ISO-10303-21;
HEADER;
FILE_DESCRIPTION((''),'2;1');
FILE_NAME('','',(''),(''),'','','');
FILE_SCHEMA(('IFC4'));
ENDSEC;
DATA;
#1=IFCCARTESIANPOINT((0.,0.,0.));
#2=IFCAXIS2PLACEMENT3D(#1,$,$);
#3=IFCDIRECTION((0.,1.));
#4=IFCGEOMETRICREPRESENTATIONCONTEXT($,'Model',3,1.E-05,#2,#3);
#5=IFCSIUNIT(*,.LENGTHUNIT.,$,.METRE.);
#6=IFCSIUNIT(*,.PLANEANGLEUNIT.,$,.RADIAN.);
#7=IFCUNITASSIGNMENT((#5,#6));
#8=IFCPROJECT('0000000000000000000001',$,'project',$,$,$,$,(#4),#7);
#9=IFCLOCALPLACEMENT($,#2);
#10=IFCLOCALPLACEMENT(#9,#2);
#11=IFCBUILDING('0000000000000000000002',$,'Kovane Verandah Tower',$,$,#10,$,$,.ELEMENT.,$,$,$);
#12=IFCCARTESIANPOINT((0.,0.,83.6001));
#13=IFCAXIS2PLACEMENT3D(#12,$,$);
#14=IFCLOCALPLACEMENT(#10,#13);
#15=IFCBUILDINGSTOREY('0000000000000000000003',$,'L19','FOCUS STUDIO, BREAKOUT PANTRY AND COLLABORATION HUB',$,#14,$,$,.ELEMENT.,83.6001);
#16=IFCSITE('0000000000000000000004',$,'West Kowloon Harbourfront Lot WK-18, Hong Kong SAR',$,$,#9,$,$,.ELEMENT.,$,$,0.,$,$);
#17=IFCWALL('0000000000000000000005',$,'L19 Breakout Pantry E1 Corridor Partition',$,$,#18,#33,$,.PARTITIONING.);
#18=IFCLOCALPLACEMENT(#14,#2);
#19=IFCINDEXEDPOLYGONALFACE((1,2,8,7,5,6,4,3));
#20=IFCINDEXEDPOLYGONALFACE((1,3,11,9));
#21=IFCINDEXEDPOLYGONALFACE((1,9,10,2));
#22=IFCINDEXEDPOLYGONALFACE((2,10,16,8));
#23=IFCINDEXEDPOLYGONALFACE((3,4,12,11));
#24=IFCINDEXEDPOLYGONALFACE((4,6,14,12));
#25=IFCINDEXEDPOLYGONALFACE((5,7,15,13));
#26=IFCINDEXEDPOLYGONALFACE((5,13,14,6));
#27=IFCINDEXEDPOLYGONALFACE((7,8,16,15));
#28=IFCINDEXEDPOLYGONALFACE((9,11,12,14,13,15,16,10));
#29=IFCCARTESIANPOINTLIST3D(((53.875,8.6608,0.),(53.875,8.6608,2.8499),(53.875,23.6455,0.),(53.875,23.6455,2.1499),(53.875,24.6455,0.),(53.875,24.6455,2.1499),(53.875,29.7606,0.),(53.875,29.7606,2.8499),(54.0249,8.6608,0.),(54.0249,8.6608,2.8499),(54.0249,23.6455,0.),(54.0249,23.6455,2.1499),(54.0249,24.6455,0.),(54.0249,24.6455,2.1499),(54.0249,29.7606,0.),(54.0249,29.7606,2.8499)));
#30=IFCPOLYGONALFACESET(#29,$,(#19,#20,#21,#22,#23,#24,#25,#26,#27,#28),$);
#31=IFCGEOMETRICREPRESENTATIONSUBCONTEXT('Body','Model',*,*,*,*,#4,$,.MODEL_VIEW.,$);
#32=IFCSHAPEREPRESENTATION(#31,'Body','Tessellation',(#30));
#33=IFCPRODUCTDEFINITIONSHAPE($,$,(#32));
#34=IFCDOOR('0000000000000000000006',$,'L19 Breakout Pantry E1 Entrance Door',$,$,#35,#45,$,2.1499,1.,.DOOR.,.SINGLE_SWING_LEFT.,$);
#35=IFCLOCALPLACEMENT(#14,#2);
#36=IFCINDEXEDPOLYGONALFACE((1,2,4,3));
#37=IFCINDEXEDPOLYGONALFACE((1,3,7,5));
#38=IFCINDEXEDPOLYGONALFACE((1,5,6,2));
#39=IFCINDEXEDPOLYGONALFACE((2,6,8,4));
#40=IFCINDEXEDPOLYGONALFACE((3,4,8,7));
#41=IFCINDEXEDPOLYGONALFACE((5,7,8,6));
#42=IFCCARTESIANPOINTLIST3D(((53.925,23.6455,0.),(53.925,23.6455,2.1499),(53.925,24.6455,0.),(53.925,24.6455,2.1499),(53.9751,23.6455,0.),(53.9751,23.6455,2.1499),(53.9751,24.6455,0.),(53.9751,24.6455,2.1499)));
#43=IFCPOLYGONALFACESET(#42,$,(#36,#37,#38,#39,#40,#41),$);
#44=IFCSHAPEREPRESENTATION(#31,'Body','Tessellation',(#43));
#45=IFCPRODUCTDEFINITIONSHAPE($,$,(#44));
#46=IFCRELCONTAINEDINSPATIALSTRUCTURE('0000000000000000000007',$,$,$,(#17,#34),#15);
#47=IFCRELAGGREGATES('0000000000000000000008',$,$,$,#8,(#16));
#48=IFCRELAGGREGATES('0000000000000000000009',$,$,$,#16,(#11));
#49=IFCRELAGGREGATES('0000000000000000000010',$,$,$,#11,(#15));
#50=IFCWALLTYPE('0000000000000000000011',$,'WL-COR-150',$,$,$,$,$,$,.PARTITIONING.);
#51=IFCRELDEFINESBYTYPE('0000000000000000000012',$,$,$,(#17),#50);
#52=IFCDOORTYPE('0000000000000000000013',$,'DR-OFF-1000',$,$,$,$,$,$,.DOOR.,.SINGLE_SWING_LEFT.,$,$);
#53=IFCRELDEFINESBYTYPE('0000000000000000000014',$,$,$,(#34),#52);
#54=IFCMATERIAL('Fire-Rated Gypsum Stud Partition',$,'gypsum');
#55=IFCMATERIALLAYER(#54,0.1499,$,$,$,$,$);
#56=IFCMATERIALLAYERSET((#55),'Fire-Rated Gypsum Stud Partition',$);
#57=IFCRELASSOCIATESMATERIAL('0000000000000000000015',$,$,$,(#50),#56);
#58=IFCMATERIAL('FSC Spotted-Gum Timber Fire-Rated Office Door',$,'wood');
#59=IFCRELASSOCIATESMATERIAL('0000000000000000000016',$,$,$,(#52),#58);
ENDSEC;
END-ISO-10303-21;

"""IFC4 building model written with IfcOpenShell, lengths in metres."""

from ifc_helpers import new_model, si_unit, direction, frame, frame_2d, origin, place, context, subcontext, project, spatial, rectangle, extrude, material, layer, layer_set, type_object, element, fill, save


model = new_model("IFC4")

# Units and contexts
model_context = context("Model", 3, precision=1e-05, world=origin(), true_north=direction((0.0, 1.0)))
body_context = subcontext(model_context, "Body", "Model", "MODEL_VIEW")
ifc_project = project(units=[si_unit("LENGTHUNIT", "METRE"), si_unit("PLANEANGLEUNIT", "RADIAN")], contexts=[model_context])

# Site, building, storey
site_placement = place(None, origin())
site = spatial("IfcSite", under=ifc_project, at=site_placement, Name="West Kowloon Harbourfront Lot WK-18, Hong Kong SAR", CompositionType="ELEMENT", RefElevation=0.0)
building_placement = place(site_placement, origin())
building = spatial("IfcBuilding", under=site, at=building_placement, Name="Kovane Verandah Tower", CompositionType="ELEMENT")
storey_placement = place(building_placement, frame((0.0, 0.0, 83.6001)))
storey = spatial("IfcBuildingStorey", under=building, at=storey_placement, Name="L19", Description="FOCUS STUDIO, BREAKOUT PANTRY AND COLLABORATION HUB", CompositionType="ELEMENT", Elevation=83.6001)

# Wall, opening, door
ifc_material_1 = material(Name="Fire-Rated Gypsum Stud Partition", Category="gypsum")
ifc_layer_1 = layer(ifc_material_1, 0.1499)
ifc_layer_set_1 = layer_set([ifc_layer_1], Name="Fire-Rated Gypsum Stud Partition")
wall_type = type_object("IfcWallType", Name="WL-COR-150", PredefinedType="PARTITIONING", material=ifc_layer_set_1)
wall_placement = place(storey_placement, frame((53.95, 8.6609, 0.0), z_axis=(0.0, 0.0, 1.0), x_axis=(0.0, 1.0, 0.0)))
wall = element("IfcWall", 1, at=wall_placement, inside=storey, type_object=wall_type, Name="L19 Breakout Pantry E1 Corridor Partition", PredefinedType="PARTITIONING", context=body_context, shape_type="SweptSolid", body=[
    extrude(rectangle(XDim=21.0999, YDim=0.1499, at=frame_2d((10.5498, 0.0))), origin(), (0.0, 0.0, 1.0), 2.8499),
])
opening_placement = place(wall_placement, frame((14.9846, 0.0, 0.0)))
opening = element("IfcOpeningElement", 2, at=opening_placement, cuts=wall, PredefinedType="OPENING", context=body_context, shape_type="SweptSolid", body=[
    extrude(rectangle(XDim=1.0, YDim=2.1499, at=frame_2d((0.5, 1.075))), frame((0.0, 0.075, 0.0), z_axis=(0.0, -1.0, 0.0), x_axis=(1.0, 0.0, 0.0)), (0.0, 0.0, 1.0), 0.1499),
])
ifc_material_2 = material(Name="FSC Spotted-Gum Timber Fire-Rated Office Door", Category="wood")
door_type = type_object("IfcDoorType", Name="DR-OFF-1000", OperationType="SINGLE_SWING_LEFT", PredefinedType="DOOR", material=ifc_material_2)
door_placement = place(opening_placement, origin())
door = element("IfcDoor", 3, at=door_placement, inside=storey, type_object=door_type, Name="L19 Breakout Pantry E1 Entrance Door", OperationType="SINGLE_SWING_LEFT", OverallHeight=2.1499, OverallWidth=1.0, PredefinedType="DOOR", context=body_context, shape_type="SweptSolid", body=[
    extrude(rectangle(XDim=1.0, YDim=2.1499, at=frame_2d((0.5, 1.075))), frame((0.0, 0.0249, 0.0), z_axis=(0.0, -1.0, 0.0), x_axis=(1.0, 0.0, 0.0)), (0.0, 0.0, 1.0), 0.05),
])
fill(opening, door)

save(model, "model.ifc")
